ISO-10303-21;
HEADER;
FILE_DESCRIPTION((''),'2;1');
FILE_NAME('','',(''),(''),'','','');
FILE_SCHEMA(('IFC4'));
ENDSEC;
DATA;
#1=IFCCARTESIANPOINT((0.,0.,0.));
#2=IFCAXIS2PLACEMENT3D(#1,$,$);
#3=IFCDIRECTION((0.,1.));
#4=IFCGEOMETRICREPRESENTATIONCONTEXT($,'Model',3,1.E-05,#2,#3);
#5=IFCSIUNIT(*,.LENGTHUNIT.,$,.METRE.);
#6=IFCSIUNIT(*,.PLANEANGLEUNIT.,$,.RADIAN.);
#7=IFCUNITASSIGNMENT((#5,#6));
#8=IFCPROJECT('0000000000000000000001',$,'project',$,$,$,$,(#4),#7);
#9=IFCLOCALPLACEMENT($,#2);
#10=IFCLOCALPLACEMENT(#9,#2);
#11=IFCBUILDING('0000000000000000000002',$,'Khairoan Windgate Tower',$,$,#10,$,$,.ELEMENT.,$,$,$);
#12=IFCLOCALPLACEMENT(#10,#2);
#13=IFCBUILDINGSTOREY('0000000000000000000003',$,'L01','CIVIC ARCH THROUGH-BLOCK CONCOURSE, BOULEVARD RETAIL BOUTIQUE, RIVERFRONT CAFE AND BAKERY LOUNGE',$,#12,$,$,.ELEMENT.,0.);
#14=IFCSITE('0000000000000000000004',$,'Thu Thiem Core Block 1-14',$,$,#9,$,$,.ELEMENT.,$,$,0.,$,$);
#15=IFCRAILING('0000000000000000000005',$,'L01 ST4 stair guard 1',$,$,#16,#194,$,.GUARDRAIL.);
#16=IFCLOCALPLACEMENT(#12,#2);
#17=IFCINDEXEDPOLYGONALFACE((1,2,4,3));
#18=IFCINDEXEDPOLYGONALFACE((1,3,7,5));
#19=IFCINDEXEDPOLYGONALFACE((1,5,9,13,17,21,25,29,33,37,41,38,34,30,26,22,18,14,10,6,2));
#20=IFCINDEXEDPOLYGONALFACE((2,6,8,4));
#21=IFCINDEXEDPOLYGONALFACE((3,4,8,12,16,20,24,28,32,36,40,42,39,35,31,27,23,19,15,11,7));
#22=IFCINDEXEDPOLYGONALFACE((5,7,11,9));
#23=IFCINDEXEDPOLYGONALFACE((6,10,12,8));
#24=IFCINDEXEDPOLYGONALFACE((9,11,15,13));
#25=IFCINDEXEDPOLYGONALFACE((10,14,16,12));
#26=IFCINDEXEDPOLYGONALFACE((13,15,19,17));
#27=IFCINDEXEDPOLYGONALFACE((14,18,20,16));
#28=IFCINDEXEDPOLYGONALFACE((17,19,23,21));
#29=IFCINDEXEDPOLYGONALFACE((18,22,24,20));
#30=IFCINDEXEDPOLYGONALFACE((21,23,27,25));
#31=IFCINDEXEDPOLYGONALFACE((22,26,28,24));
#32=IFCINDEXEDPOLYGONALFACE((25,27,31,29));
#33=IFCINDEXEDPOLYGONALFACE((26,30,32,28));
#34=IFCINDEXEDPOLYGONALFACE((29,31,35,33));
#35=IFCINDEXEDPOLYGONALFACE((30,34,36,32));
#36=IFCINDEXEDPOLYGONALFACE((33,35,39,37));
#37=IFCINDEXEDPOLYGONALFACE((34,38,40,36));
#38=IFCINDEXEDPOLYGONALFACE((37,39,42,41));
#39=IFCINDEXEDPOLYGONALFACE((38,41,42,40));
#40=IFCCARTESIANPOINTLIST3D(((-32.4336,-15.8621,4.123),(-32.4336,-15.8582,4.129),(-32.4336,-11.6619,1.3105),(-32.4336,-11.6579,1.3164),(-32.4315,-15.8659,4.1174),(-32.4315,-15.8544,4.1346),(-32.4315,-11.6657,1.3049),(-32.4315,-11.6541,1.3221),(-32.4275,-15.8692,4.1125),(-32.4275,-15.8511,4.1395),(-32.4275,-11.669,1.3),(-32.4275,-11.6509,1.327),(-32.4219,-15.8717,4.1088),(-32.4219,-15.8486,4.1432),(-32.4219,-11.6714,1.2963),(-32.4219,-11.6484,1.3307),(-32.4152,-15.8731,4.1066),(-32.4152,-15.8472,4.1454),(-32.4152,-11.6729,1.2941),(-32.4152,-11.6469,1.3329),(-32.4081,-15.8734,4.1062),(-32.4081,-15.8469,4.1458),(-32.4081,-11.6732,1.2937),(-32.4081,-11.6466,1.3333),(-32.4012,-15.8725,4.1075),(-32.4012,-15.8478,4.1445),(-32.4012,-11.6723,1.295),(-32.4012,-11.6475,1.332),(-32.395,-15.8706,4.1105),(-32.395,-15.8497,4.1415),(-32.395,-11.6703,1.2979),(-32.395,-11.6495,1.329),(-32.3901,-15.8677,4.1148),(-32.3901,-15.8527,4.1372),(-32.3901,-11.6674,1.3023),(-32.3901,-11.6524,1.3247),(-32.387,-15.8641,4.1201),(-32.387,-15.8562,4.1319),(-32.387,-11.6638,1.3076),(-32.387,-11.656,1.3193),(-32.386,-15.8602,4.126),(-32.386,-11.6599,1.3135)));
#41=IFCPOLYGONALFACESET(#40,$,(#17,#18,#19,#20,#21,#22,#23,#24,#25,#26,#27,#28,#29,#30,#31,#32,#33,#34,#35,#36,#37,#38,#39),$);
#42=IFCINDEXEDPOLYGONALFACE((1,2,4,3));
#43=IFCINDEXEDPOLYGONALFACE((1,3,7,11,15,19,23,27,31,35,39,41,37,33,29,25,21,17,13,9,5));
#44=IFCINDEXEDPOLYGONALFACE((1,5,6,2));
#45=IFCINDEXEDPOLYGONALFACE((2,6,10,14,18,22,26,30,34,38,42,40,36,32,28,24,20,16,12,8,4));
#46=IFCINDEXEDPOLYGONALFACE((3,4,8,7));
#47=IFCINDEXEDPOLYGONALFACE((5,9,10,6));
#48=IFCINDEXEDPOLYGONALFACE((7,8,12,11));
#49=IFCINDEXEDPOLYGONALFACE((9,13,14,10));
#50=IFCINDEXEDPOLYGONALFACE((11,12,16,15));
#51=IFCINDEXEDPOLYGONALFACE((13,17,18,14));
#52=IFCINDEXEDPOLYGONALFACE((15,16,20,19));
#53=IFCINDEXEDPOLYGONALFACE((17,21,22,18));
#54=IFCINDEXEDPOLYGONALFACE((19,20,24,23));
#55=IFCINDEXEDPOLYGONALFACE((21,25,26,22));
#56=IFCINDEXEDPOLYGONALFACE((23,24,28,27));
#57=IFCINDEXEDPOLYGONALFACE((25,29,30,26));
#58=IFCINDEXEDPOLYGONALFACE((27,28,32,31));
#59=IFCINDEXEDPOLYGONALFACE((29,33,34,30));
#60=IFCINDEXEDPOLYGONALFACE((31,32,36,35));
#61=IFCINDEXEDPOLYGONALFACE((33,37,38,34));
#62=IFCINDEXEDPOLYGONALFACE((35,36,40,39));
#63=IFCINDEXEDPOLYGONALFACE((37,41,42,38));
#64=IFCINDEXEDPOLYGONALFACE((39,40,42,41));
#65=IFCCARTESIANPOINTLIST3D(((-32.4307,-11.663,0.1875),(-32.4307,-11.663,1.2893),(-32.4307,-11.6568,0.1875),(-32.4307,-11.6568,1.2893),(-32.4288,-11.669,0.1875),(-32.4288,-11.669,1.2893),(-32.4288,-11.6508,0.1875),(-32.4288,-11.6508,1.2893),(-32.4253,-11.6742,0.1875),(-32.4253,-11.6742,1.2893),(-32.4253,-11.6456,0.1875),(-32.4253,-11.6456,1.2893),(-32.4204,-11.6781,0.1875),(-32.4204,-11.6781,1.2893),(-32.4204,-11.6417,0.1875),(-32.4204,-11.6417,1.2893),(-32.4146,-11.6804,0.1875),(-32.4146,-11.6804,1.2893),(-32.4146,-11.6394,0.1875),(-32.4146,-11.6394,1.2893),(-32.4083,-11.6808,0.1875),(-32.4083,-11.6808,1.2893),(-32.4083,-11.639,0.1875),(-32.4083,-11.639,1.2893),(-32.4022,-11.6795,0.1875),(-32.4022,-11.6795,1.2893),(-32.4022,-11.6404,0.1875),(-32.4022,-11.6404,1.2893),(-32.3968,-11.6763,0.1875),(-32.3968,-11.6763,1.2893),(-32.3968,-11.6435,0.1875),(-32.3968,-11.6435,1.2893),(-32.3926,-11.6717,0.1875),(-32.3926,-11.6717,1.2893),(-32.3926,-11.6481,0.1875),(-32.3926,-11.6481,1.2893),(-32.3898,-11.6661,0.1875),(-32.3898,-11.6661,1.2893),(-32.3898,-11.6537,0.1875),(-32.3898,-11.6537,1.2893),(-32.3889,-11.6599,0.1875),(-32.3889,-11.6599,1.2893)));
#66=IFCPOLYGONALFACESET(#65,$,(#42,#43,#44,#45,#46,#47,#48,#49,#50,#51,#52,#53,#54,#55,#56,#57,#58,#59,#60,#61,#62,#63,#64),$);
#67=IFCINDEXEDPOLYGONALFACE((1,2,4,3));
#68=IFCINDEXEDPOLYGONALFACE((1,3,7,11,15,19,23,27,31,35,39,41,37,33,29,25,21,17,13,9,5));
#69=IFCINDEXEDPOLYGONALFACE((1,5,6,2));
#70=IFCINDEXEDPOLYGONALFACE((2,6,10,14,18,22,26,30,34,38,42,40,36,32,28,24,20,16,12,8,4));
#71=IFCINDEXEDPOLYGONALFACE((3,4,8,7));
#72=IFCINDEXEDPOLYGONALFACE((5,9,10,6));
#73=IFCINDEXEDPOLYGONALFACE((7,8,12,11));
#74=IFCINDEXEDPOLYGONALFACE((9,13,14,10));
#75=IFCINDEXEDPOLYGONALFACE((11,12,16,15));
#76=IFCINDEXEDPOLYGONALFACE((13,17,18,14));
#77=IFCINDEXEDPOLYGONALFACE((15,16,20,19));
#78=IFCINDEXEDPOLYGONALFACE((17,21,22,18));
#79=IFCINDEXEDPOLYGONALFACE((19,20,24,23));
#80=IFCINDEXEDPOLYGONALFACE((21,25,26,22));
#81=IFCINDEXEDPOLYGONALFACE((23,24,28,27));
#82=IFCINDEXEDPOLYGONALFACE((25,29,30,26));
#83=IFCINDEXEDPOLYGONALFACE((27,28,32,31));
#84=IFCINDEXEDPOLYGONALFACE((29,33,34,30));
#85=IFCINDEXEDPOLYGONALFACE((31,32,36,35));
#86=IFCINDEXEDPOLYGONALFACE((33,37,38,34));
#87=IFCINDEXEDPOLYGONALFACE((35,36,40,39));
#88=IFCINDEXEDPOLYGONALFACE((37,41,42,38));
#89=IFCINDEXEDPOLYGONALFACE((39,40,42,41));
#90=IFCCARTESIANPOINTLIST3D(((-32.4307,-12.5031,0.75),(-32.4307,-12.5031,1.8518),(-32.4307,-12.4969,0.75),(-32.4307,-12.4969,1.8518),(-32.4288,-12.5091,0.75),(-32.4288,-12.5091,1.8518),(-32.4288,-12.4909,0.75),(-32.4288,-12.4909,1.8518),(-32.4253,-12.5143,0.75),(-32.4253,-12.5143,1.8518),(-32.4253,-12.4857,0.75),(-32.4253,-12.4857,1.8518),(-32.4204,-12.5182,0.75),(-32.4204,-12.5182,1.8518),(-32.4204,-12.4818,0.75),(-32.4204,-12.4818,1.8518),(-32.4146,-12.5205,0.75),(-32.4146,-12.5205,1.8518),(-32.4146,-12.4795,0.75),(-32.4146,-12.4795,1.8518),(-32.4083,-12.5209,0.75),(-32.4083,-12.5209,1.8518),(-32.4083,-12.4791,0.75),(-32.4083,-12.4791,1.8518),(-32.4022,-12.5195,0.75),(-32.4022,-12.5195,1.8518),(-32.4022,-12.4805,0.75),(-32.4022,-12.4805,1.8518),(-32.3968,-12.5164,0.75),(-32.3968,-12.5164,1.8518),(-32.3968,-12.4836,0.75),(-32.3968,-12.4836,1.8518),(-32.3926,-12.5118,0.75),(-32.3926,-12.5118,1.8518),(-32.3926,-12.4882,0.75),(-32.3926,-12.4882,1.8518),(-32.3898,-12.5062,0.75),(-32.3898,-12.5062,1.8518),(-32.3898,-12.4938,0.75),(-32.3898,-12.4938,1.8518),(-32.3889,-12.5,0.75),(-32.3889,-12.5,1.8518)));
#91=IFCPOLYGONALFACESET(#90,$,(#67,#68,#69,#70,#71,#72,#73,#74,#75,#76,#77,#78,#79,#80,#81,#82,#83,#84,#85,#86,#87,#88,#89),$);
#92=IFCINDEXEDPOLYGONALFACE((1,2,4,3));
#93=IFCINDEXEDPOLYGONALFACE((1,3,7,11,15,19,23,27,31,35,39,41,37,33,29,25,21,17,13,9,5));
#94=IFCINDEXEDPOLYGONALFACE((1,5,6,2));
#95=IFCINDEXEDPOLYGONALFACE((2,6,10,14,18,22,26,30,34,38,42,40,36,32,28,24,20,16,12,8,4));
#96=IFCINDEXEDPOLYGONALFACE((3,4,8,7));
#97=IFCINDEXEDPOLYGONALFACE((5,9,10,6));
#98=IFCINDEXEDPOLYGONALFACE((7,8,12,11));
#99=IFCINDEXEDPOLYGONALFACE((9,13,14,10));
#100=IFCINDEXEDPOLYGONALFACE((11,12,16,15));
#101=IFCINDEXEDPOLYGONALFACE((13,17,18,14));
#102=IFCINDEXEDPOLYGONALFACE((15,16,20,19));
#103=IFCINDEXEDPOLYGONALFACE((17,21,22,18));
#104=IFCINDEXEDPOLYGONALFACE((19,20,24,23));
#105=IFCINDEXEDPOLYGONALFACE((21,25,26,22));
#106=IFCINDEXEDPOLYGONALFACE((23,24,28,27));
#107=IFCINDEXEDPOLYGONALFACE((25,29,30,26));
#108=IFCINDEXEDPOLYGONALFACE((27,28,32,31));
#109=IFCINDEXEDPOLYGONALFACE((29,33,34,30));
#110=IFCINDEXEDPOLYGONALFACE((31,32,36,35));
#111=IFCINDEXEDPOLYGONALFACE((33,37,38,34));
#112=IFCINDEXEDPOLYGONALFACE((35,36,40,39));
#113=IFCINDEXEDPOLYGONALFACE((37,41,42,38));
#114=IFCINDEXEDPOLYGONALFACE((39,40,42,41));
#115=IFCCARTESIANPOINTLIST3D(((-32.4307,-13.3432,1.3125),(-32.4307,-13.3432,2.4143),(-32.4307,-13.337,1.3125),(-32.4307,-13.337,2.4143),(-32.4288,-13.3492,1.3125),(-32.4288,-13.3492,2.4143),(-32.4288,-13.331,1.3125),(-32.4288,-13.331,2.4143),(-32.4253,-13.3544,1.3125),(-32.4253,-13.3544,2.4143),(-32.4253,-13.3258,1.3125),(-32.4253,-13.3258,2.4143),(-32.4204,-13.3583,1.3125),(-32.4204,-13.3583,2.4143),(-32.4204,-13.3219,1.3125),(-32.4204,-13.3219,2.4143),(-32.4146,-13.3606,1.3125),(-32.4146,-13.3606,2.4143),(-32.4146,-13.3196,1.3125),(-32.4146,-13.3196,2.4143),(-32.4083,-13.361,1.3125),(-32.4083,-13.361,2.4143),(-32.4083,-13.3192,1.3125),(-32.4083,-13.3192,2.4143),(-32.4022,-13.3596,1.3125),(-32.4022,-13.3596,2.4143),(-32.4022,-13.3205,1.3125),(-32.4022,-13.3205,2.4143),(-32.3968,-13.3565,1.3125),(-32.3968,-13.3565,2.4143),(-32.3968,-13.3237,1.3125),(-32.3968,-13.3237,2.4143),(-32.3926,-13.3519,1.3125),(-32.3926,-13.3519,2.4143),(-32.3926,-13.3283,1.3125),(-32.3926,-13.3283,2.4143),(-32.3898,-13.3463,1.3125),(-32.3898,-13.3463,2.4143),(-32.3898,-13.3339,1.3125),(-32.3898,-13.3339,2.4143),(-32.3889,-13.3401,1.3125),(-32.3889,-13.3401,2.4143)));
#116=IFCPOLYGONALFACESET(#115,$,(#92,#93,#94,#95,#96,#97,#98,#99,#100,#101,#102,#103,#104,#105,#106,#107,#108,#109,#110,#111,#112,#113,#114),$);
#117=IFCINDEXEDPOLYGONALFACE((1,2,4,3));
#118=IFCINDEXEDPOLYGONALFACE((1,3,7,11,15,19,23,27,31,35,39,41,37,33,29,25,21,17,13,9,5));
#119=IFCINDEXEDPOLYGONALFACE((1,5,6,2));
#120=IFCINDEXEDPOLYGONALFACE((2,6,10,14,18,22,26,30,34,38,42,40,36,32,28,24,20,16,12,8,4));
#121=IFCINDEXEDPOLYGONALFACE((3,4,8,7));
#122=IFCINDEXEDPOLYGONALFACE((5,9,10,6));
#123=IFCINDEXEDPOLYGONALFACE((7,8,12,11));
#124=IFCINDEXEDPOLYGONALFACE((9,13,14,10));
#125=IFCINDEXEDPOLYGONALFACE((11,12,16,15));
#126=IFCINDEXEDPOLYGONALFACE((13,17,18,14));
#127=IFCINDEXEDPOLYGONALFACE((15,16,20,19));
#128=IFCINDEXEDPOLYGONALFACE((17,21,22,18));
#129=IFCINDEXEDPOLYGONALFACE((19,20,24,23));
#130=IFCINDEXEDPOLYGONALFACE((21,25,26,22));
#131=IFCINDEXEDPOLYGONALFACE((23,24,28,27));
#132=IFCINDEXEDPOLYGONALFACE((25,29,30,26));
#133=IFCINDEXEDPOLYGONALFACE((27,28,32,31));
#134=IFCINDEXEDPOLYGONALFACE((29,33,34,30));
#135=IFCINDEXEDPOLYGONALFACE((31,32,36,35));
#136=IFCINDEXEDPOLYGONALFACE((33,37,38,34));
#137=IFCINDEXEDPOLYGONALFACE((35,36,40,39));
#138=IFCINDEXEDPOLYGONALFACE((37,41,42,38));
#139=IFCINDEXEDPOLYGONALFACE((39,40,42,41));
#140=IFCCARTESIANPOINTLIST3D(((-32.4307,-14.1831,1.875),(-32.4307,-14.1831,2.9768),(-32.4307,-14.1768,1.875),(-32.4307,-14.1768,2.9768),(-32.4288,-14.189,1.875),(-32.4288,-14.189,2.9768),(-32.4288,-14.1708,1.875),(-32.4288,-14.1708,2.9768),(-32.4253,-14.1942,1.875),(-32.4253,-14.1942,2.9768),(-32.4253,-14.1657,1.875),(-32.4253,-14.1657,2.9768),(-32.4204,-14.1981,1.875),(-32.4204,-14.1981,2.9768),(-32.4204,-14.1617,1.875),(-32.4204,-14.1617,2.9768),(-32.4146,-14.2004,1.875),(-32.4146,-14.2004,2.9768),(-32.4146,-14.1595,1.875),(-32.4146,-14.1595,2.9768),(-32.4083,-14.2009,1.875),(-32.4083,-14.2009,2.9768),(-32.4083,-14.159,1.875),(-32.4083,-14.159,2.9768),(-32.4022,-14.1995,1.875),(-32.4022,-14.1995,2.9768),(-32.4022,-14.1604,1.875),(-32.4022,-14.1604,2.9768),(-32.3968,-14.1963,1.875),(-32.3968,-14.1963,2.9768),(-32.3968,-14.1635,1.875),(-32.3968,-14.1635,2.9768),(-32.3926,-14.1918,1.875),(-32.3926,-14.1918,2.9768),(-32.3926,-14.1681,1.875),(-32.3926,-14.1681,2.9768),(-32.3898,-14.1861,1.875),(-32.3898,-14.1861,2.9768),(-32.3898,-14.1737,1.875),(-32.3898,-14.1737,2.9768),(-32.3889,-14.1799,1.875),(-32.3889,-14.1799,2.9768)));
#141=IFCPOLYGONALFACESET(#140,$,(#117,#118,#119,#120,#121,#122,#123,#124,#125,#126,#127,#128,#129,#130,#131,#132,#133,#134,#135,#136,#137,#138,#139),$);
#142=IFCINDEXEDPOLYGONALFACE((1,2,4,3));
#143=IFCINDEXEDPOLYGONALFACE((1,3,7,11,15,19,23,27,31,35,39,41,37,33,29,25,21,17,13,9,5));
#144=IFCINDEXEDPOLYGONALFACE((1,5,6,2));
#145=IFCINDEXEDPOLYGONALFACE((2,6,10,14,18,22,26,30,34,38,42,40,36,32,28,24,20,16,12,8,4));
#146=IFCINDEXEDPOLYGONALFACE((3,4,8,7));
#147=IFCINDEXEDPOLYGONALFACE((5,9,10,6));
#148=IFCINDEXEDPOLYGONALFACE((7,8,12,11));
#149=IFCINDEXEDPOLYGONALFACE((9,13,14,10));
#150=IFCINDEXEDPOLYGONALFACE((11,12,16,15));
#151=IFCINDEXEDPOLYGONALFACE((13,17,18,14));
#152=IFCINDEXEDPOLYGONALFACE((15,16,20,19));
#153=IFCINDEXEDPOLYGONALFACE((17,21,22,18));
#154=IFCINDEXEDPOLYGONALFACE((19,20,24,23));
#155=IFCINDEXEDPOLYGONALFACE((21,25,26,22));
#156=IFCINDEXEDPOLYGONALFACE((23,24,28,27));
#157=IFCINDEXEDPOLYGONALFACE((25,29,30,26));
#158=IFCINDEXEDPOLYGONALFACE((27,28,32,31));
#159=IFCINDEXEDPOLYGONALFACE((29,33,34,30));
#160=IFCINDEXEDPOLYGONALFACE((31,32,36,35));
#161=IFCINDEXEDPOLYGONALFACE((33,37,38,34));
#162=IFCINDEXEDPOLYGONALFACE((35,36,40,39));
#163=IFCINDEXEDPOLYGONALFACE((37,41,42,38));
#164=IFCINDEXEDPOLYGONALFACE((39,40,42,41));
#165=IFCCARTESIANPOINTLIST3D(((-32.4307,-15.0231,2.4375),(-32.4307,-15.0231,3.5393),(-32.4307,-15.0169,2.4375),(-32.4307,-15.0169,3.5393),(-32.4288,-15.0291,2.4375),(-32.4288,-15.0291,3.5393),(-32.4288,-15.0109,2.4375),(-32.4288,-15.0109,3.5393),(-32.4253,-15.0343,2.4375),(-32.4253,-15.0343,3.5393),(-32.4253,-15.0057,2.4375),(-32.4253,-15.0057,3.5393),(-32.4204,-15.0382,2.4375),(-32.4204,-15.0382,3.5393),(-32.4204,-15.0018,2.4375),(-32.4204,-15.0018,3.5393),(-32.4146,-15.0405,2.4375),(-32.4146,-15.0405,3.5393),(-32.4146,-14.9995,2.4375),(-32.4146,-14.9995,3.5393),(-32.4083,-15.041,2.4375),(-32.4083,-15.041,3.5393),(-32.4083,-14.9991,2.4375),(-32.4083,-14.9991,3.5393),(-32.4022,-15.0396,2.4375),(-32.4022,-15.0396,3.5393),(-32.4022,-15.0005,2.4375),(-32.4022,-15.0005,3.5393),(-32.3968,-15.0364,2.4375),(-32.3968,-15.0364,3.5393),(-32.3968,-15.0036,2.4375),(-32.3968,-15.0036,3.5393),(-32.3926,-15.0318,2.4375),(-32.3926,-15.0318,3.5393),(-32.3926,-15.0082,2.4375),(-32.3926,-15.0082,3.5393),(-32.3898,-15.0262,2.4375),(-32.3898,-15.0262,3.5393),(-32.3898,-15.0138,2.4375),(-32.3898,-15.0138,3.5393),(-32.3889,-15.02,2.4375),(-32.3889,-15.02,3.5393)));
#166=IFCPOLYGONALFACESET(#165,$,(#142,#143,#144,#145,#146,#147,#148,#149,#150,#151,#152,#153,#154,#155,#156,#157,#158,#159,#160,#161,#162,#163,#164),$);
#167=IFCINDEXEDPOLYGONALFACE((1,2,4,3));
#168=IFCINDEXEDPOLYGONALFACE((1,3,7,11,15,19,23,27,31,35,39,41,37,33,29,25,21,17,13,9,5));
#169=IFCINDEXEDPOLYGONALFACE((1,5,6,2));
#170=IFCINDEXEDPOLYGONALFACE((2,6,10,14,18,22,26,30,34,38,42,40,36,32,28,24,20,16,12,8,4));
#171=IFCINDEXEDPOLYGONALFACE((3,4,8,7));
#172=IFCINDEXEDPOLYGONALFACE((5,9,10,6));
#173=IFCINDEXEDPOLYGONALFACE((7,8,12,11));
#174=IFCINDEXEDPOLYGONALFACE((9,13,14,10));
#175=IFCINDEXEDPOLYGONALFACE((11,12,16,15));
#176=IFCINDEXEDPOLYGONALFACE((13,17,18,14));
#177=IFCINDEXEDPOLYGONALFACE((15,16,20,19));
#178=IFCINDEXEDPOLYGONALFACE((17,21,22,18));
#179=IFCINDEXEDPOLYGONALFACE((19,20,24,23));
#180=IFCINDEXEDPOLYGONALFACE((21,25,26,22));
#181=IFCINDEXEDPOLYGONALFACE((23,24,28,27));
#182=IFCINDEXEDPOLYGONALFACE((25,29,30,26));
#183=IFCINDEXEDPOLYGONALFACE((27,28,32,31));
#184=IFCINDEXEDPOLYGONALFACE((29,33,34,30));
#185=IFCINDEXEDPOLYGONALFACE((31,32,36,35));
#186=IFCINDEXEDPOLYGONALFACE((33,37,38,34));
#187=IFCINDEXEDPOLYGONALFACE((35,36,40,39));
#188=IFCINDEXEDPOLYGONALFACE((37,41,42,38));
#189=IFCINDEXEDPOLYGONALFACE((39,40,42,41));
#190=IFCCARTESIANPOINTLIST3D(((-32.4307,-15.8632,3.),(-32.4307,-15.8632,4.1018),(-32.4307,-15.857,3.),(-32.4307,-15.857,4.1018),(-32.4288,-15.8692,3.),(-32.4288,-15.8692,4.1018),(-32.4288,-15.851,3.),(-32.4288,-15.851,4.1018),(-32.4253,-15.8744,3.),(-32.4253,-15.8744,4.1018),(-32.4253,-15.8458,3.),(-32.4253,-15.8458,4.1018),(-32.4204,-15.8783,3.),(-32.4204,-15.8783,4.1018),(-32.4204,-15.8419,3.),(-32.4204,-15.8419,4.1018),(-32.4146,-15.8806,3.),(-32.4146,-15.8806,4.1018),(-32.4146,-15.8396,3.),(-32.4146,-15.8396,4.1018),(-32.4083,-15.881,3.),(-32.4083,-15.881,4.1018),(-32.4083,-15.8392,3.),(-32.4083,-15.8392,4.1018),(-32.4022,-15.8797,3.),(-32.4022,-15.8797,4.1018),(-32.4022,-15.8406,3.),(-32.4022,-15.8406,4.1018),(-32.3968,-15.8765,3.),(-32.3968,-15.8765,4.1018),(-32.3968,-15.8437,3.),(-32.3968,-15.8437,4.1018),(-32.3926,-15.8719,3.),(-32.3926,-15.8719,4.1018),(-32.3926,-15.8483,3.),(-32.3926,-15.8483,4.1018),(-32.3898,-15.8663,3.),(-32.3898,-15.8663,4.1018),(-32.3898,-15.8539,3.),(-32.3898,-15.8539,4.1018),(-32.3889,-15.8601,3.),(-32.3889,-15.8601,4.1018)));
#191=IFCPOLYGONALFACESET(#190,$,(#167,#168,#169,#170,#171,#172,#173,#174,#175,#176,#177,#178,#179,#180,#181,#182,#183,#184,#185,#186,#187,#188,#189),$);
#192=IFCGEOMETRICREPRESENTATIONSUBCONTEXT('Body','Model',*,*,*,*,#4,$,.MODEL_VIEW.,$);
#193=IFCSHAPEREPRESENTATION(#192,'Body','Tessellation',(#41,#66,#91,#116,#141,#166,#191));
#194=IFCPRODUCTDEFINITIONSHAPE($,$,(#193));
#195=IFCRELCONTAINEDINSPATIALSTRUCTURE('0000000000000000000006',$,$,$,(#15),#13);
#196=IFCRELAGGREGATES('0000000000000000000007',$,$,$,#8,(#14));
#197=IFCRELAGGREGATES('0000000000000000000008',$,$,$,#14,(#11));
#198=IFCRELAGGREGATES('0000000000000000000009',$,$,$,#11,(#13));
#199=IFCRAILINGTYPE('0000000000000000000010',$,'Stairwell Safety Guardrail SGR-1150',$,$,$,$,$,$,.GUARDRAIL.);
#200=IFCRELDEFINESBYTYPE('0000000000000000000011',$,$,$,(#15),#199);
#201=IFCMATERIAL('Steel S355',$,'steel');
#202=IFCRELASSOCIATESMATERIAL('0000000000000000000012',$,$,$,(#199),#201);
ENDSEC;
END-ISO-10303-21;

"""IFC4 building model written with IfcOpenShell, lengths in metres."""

from ifc_helpers import new_model, si_unit, direction, frame, origin, origin_2d, place, context, subcontext, project, spatial, circle, extrude, material, type_object, element, save


model = new_model("IFC4")

# Units and contexts
model_context = context("Model", 3, precision=1e-05, world=origin(), true_north=direction((0.0, 1.0)))
body_context = subcontext(model_context, "Body", "Model", "MODEL_VIEW")
ifc_project = project(units=[si_unit("LENGTHUNIT", "METRE"), si_unit("PLANEANGLEUNIT", "RADIAN")], contexts=[model_context])

# Site, building, storey
site_placement = place(None, origin())
site = spatial("IfcSite", under=ifc_project, at=site_placement, Name="Thu Thiem Core Block 1-14", CompositionType="ELEMENT", RefElevation=0.0)
building_placement = place(site_placement, origin())
building = spatial("IfcBuilding", under=site, at=building_placement, Name="Khairoan Windgate Tower", CompositionType="ELEMENT")
storey_placement = place(building_placement, origin())
storey = spatial("IfcBuildingStorey", under=building, at=storey_placement, Name="L01", Description="CIVIC ARCH THROUGH-BLOCK CONCOURSE, BOULEVARD RETAIL BOUTIQUE, RIVERFRONT CAFE AND BAKERY LOUNGE", CompositionType="ELEMENT", Elevation=0.0)

# Railing
ifc_material_1 = material(Name="Steel S355", Category="steel")
railing_type_1 = type_object("IfcRailingType", Name="Stairwell Safety Guardrail SGR-1150", PredefinedType="GUARDRAIL", material=ifc_material_1)
railing_1_placement = place(storey_placement, frame((-32.4099, -11.6599, 0.1875)))
element("IfcRailing", 1, at=railing_1_placement, inside=storey, type_object=railing_type_1, Name="L01 ST4 stair guard 1", PredefinedType="GUARDRAIL", context=body_context, shape_type="SweptSolid", body=[
    extrude(circle(Radius=0.0239, at=origin_2d()), frame((0.0, 0.0, 1.126), z_axis=(0.0, -0.830919, 0.556393), x_axis=(1.0, 0.0, 0.0)), (0.0, 0.0, 1.0), 5.0549),
    extrude(circle(Radius=0.021, at=origin_2d()), origin(), (0.0, 0.0, 1.0), 1.1018),
    extrude(circle(Radius=0.021, at=origin_2d()), frame((0.0, -0.8401, 0.5625)), (0.0, 0.0, 1.0), 1.1018),
    extrude(circle(Radius=0.021, at=origin_2d()), frame((0.0, -1.6802, 1.125)), (0.0, 0.0, 1.0), 1.1018),
    extrude(circle(Radius=0.021, at=origin_2d()), frame((0.0, -2.52, 1.6875)), (0.0, 0.0, 1.0), 1.1018),
    extrude(circle(Radius=0.021, at=origin_2d()), frame((0.0, -3.3601, 2.25)), (0.0, 0.0, 1.0), 1.1018),
    extrude(circle(Radius=0.021, at=origin_2d()), frame((0.0, -4.2002, 2.8125)), (0.0, 0.0, 1.0), 1.1018),
])

save(model, "model.ifc")
